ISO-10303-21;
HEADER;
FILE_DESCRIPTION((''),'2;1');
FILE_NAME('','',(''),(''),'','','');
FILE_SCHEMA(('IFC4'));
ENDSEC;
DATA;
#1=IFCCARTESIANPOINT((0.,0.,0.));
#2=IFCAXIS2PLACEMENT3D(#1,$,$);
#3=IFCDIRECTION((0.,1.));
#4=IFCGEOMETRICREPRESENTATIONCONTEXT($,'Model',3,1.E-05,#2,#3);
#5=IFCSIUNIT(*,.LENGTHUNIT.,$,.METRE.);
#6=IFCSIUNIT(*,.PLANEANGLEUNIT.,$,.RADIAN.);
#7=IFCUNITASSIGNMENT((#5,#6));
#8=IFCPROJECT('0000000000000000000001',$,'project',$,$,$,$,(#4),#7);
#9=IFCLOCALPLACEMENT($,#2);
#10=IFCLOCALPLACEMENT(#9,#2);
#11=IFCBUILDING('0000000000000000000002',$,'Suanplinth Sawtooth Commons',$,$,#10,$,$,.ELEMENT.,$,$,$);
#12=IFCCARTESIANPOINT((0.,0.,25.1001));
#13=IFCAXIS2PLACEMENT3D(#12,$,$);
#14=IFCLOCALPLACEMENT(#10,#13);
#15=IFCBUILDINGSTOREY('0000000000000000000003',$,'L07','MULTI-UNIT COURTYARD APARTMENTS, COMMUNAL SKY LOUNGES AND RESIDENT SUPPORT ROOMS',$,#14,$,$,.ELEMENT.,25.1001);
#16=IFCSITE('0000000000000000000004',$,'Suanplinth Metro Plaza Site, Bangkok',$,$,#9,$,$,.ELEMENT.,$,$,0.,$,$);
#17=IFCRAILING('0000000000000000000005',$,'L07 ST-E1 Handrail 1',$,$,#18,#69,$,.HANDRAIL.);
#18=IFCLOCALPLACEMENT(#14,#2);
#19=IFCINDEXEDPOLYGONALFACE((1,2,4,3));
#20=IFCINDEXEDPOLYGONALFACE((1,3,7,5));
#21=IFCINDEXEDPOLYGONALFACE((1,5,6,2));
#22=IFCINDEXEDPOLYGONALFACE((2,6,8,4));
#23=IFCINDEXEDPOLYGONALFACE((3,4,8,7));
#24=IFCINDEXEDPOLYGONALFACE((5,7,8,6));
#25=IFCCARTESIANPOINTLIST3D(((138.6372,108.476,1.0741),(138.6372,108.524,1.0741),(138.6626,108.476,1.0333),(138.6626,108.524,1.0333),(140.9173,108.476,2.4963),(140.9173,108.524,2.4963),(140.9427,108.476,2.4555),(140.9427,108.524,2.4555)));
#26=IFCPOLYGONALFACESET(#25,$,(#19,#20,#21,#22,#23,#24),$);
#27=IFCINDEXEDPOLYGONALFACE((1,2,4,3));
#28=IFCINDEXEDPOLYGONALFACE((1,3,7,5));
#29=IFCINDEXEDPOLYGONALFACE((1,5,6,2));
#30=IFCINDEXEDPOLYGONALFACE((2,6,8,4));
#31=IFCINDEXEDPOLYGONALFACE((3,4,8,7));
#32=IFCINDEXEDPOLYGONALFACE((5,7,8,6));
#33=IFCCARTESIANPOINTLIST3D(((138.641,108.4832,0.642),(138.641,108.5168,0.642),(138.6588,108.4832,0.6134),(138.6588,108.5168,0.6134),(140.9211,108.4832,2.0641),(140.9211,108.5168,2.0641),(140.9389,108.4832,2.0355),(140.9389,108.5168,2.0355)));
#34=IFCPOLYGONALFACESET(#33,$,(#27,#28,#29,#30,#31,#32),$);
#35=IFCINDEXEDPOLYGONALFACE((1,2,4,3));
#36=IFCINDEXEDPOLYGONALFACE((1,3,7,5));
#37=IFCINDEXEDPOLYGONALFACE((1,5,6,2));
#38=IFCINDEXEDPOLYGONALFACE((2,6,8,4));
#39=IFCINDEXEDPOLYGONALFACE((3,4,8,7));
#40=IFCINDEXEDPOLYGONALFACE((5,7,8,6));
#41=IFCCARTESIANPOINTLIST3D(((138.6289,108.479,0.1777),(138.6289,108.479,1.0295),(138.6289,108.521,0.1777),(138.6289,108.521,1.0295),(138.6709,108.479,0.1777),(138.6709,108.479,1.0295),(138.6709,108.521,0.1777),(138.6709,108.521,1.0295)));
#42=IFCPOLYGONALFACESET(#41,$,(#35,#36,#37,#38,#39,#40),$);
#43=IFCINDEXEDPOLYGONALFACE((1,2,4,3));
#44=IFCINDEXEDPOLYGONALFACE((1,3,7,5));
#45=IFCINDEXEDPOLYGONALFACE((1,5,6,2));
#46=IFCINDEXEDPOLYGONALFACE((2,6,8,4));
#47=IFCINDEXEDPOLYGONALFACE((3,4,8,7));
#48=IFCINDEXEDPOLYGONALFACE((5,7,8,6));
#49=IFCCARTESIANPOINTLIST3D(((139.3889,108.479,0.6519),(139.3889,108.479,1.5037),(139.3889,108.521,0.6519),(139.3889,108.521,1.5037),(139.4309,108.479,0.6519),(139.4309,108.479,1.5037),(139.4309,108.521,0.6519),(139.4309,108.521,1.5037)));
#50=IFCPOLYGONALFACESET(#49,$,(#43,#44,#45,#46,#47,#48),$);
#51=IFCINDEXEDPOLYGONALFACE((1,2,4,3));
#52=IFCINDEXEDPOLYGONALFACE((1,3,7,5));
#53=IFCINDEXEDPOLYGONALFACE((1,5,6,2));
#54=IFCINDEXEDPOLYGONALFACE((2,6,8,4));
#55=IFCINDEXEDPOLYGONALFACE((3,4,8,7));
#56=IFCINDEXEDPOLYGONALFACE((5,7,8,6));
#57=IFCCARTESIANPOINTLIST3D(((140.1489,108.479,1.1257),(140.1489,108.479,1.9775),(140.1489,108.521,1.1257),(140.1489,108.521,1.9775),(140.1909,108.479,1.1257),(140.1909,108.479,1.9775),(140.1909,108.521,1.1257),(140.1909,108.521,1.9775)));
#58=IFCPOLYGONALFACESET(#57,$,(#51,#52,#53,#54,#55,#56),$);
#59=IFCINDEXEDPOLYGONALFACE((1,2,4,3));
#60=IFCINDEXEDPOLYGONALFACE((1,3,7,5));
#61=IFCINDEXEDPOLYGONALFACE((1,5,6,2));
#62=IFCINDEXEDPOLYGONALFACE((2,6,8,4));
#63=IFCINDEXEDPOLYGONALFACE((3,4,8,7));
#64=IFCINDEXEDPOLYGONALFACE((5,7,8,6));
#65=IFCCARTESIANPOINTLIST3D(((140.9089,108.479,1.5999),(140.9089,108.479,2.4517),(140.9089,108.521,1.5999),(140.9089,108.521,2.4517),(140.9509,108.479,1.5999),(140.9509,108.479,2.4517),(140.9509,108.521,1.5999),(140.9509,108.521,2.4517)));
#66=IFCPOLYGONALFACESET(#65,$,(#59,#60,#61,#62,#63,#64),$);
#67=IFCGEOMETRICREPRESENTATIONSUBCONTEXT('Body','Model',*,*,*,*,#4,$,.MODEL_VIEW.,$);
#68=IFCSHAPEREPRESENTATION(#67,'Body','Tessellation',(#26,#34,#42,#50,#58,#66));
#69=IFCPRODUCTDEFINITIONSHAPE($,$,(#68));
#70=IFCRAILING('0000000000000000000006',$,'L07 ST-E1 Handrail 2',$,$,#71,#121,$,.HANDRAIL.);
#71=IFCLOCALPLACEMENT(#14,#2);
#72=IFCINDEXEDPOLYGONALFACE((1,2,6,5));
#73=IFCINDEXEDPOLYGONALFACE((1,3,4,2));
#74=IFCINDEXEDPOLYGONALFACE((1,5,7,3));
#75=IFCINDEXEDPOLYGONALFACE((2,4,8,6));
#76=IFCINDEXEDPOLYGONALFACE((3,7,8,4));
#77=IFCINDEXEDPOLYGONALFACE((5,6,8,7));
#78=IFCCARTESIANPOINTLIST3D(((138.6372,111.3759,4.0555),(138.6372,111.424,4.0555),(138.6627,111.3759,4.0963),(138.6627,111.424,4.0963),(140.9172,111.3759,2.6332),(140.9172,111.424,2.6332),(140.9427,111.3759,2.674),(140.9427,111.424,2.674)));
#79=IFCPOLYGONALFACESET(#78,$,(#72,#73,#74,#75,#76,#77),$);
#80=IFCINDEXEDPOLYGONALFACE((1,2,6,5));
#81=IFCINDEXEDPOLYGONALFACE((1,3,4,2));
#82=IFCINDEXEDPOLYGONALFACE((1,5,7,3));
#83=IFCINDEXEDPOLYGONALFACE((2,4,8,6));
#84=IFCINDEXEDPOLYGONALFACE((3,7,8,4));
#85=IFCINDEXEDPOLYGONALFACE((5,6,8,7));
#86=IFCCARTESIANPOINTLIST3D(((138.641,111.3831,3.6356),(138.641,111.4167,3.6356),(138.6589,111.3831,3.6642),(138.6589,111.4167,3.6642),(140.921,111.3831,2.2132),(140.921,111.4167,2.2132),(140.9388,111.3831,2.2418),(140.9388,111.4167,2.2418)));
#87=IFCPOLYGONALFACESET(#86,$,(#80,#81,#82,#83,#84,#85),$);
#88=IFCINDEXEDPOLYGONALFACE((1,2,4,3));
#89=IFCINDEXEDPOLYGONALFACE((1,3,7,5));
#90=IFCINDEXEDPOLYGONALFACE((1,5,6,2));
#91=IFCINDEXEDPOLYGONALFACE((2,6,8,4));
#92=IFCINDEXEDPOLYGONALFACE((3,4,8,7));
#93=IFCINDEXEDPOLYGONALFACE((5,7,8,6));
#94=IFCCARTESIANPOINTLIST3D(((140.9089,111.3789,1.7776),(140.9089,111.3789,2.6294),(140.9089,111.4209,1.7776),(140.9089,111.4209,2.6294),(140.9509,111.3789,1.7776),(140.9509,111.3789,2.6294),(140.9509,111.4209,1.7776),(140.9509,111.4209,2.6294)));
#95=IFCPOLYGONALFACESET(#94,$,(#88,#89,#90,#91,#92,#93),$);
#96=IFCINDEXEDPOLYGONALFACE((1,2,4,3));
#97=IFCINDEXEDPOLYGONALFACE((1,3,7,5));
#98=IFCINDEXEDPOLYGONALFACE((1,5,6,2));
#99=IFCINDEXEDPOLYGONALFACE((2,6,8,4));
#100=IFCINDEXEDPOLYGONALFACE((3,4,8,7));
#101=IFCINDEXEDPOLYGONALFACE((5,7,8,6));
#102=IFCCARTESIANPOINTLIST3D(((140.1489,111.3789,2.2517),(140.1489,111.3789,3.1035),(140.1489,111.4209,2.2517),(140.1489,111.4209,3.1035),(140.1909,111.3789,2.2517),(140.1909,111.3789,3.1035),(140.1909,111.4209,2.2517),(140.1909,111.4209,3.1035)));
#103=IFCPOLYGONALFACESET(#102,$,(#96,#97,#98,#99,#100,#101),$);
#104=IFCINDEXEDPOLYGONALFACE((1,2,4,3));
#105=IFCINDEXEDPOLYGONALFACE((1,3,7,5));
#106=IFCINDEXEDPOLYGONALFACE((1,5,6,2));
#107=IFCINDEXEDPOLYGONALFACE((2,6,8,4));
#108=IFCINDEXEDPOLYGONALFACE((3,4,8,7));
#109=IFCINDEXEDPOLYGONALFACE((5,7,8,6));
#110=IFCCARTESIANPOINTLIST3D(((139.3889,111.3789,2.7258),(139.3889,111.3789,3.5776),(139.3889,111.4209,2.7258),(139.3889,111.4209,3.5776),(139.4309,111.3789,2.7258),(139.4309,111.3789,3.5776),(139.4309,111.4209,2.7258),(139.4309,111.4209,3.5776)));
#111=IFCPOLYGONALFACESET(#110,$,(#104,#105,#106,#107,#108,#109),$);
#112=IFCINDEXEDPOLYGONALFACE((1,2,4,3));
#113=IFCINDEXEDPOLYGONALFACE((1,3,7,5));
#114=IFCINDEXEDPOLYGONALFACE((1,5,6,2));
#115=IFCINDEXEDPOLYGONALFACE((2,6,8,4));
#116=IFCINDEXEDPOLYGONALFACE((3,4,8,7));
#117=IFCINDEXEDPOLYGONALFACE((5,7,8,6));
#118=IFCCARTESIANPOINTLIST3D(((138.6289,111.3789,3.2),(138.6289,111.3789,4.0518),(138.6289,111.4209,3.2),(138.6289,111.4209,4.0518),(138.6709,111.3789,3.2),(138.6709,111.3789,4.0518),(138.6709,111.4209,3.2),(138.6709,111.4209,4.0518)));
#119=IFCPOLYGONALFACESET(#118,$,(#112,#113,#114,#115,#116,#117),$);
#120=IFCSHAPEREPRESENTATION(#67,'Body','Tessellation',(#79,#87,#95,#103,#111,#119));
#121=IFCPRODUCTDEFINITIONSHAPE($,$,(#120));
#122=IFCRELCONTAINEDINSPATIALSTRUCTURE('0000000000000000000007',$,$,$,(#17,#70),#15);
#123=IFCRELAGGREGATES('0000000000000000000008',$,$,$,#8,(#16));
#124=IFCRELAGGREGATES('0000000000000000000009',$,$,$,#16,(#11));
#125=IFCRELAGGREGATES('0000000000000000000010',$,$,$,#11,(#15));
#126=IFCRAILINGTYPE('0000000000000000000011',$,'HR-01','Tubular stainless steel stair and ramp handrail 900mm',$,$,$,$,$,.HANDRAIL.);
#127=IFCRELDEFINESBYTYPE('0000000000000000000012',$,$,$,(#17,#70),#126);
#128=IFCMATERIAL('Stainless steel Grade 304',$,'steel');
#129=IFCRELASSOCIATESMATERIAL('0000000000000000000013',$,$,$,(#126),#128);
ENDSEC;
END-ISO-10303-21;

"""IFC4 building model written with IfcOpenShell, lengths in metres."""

from ifc_helpers import new_model, si_unit, direction, frame, origin, origin_2d, place, context, subcontext, project, spatial, rectangle, extrude, material, type_object, element, save


model = new_model("IFC4")

# Units and contexts
model_context = context("Model", 3, precision=1e-05, world=origin(), true_north=direction((0.0, 1.0)))
body_context = subcontext(model_context, "Body", "Model", "MODEL_VIEW")
ifc_project = project(units=[si_unit("LENGTHUNIT", "METRE"), si_unit("PLANEANGLEUNIT", "RADIAN")], contexts=[model_context])

# Site, building, storey
site_placement = place(None, origin())
site = spatial("IfcSite", under=ifc_project, at=site_placement, Name="Suanplinth Metro Plaza Site, Bangkok", CompositionType="ELEMENT", RefElevation=0.0)
building_placement = place(site_placement, origin())
building = spatial("IfcBuilding", under=site, at=building_placement, Name="Suanplinth Sawtooth Commons", CompositionType="ELEMENT")
storey_placement = place(building_placement, frame((0.0, 0.0, 25.1001)))
storey = spatial("IfcBuildingStorey", under=building, at=storey_placement, Name="L07", Description="MULTI-UNIT COURTYARD APARTMENTS, COMMUNAL SKY LOUNGES AND RESIDENT SUPPORT ROOMS", CompositionType="ELEMENT", Elevation=25.1001)

# Shared definitions
ifc_material_1 = material(Name="Stainless steel Grade 304", Category="steel")

# Railings
railing_type_1 = type_object("IfcRailingType", Name="HR-01", Description="Tubular stainless steel stair and ramp handrail 900mm", PredefinedType="HANDRAIL", material=ifc_material_1)
railing_1_placement = place(storey_placement, frame((138.6499, 108.5, 0.1777)))
element("IfcRailing", 1, at=railing_1_placement, inside=storey, type_object=railing_type_1, Name="L07 ST-E1 Handrail 1", PredefinedType="HANDRAIL", context=body_context, shape_type="SweptSolid", body=[
    extrude(rectangle(XDim=0.0481, YDim=0.0481, at=origin_2d()), frame((0.0, 0.0, 0.876), z_axis=(0.848483, 0.0, 0.529223), x_axis=(0.0, 1.0, 0.0)), (0.0, 0.0, 1.0), 2.6873),
    extrude(rectangle(XDim=0.0337, YDim=0.0337, at=origin_2d()), frame((0.0, 0.0, 0.45), z_axis=(0.848483, 0.0, 0.529223), x_axis=(0.0, 1.0, 0.0)), (0.0, 0.0, 1.0), 2.6873),
    extrude(rectangle(XDim=0.042, YDim=0.042, at=origin_2d()), origin(), (0.0, 0.0, 1.0), 0.8518),
    extrude(rectangle(XDim=0.042, YDim=0.042, at=origin_2d()), frame((0.76, 0.0, 0.4741)), (0.0, 0.0, 1.0), 0.8518),
    extrude(rectangle(XDim=0.042, YDim=0.042, at=origin_2d()), frame((1.52, 0.0, 0.948)), (0.0, 0.0, 1.0), 0.8518),
    extrude(rectangle(XDim=0.042, YDim=0.042, at=origin_2d()), frame((2.28, 0.0, 1.4221)), (0.0, 0.0, 1.0), 0.8518),
])
railing_2_placement = place(storey_placement, frame((140.9299, 111.3999, 1.7776)))
element("IfcRailing", 2, at=railing_2_placement, inside=storey, type_object=railing_type_1, Name="L07 ST-E1 Handrail 2", PredefinedType="HANDRAIL", context=body_context, shape_type="SweptSolid", body=[
    extrude(rectangle(XDim=0.0481, YDim=0.0481, at=origin_2d()), frame((0.0, 0.0, 0.876), z_axis=(-0.848442, 0.0, 0.529288), x_axis=(0.0, -1.0, 0.0)), (0.0, 0.0, 1.0), 2.6873),
    extrude(rectangle(XDim=0.0337, YDim=0.0337, at=origin_2d()), frame((0.0, 0.0, 0.45), z_axis=(-0.848442, 0.0, 0.529288), x_axis=(0.0, -1.0, 0.0)), (0.0, 0.0, 1.0), 2.6873),
    extrude(rectangle(XDim=0.042, YDim=0.042, at=origin_2d()), origin(), (0.0, 0.0, 1.0), 0.8518),
    extrude(rectangle(XDim=0.042, YDim=0.042, at=origin_2d()), frame((-0.76, 0.0, 0.4741)), (0.0, 0.0, 1.0), 0.8518),
    extrude(rectangle(XDim=0.042, YDim=0.042, at=origin_2d()), frame((-1.52, 0.0, 0.9482)), (0.0, 0.0, 1.0), 0.8518),
    extrude(rectangle(XDim=0.042, YDim=0.042, at=origin_2d()), frame((-2.28, 0.0, 1.4224)), (0.0, 0.0, 1.0), 0.8518),
])

save(model, "model.ifc")
